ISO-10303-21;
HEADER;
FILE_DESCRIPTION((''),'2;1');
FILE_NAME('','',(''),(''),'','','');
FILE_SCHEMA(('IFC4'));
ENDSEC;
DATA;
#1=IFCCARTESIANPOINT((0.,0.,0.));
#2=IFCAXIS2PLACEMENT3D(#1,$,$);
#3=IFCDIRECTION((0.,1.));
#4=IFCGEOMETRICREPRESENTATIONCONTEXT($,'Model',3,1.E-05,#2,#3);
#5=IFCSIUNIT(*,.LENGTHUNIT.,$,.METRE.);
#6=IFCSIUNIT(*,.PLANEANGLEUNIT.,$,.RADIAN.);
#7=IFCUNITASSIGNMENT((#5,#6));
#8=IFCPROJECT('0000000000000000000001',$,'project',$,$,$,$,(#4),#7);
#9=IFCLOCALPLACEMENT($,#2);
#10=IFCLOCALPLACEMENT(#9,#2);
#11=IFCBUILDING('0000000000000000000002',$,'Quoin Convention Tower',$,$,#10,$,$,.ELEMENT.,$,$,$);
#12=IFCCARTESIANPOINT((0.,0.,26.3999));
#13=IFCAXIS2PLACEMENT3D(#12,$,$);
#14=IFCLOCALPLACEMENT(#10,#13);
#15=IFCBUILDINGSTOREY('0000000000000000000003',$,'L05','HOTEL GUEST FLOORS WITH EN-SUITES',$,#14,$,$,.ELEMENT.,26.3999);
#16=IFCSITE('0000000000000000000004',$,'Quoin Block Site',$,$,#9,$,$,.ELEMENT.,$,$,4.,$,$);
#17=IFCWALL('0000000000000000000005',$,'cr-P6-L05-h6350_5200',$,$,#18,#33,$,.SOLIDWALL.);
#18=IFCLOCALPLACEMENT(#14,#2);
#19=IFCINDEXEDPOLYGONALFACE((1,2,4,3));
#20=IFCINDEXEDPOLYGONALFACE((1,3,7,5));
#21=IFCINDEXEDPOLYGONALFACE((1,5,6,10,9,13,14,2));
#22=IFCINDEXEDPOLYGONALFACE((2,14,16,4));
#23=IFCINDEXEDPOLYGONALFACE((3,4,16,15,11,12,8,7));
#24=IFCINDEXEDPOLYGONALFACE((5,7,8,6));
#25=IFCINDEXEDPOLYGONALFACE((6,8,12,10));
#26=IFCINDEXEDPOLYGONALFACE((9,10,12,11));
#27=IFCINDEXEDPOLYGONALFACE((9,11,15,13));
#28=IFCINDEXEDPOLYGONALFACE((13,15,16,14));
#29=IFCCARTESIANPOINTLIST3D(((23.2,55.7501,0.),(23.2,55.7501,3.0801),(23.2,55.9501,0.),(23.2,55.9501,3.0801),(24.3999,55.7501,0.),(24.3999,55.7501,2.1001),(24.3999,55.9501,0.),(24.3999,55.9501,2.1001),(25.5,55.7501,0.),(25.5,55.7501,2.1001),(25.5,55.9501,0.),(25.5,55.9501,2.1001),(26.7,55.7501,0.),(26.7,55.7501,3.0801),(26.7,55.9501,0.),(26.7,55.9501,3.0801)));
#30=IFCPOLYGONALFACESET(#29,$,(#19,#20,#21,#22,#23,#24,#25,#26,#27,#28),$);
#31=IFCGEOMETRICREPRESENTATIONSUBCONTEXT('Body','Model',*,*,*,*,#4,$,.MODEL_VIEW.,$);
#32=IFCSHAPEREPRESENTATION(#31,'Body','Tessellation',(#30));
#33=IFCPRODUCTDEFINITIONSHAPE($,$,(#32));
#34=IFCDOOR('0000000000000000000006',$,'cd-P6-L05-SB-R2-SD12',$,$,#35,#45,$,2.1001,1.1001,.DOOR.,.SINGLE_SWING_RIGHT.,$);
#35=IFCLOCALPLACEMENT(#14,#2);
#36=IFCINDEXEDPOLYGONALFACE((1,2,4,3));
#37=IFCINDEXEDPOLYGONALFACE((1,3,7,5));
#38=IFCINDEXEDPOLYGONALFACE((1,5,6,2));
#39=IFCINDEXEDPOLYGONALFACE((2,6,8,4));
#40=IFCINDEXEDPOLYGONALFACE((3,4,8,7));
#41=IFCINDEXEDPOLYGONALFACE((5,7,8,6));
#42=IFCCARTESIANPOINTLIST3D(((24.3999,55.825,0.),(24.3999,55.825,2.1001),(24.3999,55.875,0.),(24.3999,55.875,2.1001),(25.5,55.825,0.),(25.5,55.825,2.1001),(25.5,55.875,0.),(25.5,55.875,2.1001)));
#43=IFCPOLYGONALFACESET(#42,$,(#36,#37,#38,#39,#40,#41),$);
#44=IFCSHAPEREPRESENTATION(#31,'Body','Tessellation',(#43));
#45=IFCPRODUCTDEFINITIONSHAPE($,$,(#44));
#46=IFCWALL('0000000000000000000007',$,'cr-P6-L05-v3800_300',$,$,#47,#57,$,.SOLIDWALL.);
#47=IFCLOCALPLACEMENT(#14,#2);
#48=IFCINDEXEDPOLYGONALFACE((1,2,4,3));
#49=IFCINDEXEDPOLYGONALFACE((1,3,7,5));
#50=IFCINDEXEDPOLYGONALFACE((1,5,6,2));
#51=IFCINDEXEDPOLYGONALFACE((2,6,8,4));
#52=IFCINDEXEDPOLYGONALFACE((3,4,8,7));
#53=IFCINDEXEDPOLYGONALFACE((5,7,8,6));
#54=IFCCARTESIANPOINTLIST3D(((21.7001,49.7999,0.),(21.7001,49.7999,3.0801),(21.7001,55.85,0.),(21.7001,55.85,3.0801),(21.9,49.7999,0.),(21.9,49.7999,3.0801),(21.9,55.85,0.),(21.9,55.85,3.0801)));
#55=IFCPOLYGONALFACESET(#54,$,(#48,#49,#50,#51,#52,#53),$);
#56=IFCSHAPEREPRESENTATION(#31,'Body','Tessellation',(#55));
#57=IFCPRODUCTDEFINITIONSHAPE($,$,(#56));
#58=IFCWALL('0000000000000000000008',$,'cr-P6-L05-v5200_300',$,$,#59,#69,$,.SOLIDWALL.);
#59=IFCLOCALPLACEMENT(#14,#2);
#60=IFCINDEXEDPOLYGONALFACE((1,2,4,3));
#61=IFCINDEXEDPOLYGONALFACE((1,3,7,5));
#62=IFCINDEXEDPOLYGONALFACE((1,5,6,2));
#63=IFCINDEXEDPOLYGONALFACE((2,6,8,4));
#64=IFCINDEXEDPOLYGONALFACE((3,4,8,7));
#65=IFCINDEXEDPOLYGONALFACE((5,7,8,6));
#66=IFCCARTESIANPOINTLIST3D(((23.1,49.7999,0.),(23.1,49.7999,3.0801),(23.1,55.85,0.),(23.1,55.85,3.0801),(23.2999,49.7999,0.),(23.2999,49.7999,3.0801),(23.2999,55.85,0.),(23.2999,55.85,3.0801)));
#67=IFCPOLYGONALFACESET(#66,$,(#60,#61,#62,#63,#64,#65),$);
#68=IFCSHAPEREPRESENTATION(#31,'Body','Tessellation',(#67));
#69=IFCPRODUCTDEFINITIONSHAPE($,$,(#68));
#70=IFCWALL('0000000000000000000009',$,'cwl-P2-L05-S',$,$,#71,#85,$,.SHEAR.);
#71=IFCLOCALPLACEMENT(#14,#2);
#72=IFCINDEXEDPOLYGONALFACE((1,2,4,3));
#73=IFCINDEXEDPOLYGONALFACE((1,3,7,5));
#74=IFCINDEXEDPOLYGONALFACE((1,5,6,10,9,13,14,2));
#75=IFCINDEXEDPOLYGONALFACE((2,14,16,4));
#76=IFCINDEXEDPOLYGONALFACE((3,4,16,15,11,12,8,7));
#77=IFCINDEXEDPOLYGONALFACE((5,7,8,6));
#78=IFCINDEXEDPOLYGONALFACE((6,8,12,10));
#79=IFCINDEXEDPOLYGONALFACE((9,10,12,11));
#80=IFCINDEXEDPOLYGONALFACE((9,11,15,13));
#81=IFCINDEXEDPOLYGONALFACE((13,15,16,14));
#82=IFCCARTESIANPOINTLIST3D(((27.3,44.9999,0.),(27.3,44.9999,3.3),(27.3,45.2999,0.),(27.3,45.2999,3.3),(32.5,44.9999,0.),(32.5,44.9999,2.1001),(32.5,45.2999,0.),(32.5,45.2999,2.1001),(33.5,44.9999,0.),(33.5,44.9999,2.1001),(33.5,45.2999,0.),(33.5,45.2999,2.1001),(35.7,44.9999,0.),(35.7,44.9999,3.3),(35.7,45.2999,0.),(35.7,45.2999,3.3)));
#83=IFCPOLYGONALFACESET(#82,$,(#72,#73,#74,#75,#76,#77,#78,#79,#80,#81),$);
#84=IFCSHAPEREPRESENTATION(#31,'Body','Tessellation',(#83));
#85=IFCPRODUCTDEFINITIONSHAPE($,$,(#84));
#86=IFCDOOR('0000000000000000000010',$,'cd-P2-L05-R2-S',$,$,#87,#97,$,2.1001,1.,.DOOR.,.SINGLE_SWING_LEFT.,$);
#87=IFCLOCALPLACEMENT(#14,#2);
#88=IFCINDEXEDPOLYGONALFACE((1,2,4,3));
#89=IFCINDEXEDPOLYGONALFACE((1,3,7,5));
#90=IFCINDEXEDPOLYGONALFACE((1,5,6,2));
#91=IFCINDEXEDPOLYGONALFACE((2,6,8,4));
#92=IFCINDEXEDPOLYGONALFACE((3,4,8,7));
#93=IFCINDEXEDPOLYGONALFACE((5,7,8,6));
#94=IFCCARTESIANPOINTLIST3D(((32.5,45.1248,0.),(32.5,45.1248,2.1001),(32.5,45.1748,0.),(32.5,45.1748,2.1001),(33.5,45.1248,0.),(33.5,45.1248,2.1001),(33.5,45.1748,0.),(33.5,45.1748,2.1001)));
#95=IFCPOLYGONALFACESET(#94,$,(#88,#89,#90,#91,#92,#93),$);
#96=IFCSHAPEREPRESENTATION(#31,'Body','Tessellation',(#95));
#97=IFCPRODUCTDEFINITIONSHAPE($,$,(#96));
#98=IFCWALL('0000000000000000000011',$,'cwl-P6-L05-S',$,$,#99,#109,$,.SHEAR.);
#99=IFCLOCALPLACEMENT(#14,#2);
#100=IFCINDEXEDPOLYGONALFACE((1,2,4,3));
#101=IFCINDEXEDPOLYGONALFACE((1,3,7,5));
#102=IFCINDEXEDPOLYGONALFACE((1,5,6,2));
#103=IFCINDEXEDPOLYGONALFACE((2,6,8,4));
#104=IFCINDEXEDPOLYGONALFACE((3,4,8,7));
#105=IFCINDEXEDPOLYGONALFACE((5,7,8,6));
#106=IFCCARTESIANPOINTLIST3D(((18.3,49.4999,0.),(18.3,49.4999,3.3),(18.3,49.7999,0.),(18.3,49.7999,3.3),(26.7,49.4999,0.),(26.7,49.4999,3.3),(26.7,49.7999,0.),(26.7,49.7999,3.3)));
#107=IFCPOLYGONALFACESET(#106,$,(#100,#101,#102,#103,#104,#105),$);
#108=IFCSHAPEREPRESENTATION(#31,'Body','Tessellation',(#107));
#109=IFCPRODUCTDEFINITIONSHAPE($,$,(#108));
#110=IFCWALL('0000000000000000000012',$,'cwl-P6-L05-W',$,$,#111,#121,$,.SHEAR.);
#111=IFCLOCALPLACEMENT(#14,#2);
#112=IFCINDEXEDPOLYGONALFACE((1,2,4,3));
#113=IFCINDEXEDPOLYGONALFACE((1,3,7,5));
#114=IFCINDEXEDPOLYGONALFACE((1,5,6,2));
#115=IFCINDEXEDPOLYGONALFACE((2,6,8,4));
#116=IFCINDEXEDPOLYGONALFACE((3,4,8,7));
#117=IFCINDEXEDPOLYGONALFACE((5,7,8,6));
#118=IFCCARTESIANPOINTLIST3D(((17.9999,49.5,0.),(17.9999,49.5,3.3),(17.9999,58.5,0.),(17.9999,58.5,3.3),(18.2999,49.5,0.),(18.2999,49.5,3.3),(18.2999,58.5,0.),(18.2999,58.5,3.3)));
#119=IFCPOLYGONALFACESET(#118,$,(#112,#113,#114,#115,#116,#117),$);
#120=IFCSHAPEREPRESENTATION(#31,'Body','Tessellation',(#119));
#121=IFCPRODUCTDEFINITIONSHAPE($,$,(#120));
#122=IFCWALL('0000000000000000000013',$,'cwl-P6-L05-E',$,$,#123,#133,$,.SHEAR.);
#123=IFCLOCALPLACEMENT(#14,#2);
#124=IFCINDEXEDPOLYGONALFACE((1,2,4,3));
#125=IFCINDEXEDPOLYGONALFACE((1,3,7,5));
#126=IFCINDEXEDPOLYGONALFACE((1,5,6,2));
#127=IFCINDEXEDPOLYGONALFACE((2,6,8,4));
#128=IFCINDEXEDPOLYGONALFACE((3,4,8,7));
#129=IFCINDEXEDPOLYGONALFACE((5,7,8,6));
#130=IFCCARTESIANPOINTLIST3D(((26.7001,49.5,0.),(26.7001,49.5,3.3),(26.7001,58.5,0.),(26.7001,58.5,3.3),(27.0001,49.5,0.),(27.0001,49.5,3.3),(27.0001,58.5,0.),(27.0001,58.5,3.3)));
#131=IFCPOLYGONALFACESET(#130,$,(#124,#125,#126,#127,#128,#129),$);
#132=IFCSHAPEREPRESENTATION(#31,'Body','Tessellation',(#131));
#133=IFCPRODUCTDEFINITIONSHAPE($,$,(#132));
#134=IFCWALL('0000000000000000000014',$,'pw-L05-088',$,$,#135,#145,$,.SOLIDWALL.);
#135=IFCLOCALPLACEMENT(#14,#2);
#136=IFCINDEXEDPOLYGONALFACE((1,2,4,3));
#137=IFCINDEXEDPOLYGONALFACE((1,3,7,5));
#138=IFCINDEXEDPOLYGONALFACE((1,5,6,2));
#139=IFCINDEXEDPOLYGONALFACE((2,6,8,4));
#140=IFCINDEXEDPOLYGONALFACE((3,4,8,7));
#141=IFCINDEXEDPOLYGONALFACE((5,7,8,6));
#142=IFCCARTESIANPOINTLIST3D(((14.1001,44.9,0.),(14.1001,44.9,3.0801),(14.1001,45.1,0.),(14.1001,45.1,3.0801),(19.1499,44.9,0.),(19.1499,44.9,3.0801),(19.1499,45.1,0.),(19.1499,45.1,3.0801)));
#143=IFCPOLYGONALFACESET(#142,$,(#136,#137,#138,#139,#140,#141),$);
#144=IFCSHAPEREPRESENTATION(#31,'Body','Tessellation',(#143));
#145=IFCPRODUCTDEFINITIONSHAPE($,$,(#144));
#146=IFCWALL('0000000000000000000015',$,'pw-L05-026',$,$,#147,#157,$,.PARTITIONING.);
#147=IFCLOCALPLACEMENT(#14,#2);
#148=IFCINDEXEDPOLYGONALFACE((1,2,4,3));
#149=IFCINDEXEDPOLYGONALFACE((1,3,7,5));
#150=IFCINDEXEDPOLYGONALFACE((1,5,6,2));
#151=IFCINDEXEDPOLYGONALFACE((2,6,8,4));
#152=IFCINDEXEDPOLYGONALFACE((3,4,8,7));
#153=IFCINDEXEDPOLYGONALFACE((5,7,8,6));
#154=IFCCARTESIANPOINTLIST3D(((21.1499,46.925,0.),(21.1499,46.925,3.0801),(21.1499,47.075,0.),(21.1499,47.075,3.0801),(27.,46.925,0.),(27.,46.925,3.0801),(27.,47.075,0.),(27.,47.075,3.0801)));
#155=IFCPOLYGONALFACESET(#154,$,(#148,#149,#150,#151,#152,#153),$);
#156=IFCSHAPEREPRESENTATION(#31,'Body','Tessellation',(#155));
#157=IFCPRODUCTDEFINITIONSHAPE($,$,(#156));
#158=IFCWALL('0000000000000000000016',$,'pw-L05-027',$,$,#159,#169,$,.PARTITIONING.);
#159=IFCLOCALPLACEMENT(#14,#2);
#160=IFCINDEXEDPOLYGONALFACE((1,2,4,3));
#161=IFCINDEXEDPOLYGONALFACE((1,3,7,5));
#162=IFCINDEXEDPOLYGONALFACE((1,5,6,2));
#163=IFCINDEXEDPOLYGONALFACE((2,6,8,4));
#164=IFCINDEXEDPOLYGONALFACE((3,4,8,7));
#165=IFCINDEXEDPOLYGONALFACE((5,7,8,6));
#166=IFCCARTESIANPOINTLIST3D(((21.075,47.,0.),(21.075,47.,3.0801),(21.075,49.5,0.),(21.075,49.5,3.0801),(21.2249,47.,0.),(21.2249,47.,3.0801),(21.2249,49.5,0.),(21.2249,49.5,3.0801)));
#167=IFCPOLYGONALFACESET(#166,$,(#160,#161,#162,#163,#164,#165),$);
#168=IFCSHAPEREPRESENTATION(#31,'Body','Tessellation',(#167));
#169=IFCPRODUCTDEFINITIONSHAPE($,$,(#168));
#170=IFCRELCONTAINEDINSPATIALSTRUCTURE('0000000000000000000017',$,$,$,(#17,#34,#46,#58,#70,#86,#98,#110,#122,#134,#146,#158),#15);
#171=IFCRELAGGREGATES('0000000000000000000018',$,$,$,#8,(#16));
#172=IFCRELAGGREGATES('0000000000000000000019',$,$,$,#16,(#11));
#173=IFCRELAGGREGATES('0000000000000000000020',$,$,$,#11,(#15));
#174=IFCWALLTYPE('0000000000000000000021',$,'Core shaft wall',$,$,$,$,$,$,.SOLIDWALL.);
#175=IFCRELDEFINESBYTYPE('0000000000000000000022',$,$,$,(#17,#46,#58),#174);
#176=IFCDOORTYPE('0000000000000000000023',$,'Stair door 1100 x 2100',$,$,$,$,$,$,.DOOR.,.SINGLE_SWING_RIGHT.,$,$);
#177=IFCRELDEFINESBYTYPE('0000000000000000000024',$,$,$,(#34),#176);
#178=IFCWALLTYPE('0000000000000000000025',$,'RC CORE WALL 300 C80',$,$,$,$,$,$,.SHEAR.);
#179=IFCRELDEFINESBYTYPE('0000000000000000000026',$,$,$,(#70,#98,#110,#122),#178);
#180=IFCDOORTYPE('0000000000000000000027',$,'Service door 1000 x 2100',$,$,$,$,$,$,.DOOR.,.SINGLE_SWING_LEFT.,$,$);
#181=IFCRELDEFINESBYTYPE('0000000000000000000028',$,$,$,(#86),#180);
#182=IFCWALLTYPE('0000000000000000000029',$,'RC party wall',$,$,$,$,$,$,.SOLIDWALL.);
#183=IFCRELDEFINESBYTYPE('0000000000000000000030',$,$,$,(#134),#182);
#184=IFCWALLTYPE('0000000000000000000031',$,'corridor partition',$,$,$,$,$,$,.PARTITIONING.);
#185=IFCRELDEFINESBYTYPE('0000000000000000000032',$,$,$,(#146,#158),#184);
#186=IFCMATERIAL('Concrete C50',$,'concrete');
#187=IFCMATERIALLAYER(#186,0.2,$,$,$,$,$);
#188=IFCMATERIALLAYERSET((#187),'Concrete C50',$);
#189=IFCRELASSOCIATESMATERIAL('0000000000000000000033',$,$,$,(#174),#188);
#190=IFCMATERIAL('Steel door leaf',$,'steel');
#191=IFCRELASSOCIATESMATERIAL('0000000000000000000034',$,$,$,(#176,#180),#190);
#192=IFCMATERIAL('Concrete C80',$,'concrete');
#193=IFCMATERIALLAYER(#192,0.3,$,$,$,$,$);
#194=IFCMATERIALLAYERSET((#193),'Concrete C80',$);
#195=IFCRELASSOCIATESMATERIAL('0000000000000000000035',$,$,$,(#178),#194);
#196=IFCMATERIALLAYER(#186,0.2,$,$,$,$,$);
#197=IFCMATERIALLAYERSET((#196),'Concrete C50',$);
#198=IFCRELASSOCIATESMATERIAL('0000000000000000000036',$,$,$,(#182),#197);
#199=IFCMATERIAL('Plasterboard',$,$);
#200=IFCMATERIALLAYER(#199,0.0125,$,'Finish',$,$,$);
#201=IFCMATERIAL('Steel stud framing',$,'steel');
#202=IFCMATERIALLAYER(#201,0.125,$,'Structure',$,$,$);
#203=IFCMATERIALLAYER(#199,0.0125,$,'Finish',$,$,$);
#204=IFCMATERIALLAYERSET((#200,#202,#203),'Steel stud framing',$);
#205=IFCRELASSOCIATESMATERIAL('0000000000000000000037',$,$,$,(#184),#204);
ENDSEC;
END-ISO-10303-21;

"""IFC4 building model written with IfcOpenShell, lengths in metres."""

from ifc_helpers import new_model, si_unit, direction, frame, frame_2d, origin, place, context, subcontext, project, spatial, rectangle, extrude, material, layer, layer_set, type_object, element, fill, save


model = new_model("IFC4")

# Units and contexts
model_context = context("Model", 3, precision=1e-05, world=origin(), true_north=direction((0.0, 1.0)))
body_context = subcontext(model_context, "Body", "Model", "MODEL_VIEW")
ifc_project = project(units=[si_unit("LENGTHUNIT", "METRE"), si_unit("PLANEANGLEUNIT", "RADIAN")], contexts=[model_context])

# Site, building, storey
site_placement = place(None, origin())
site = spatial("IfcSite", under=ifc_project, at=site_placement, Name="Quoin Block Site", CompositionType="ELEMENT", RefElevation=4.0)
building_placement = place(site_placement, origin())
building = spatial("IfcBuilding", under=site, at=building_placement, Name="Quoin Convention Tower", CompositionType="ELEMENT")
storey_placement = place(building_placement, frame((0.0, 0.0, 26.3999)))
storey = spatial("IfcBuildingStorey", under=building, at=storey_placement, Name="L05", Description="HOTEL GUEST FLOORS WITH EN-SUITES", CompositionType="ELEMENT", Elevation=26.3999)

# Shared definitions
ifc_material_1 = material(Name="Concrete C80", Category="concrete")

# Shared definitions
ifc_material_2 = material(Name="Concrete C50", Category="concrete")
ifc_layer_1 = layer(ifc_material_2, 0.2)
ifc_layer_set_1 = layer_set([ifc_layer_1], Name="Concrete C50")
wall_type_1 = type_object("IfcWallType", Name="Core shaft wall", PredefinedType="SOLIDWALL", material=ifc_layer_set_1)

# Wall, opening, door
ifc_material_3 = material(Name="Steel door leaf", Category="steel")
door_type_1 = type_object("IfcDoorType", Name="Stair door 1100 x 2100", OperationType="SINGLE_SWING_RIGHT", PredefinedType="DOOR", material=ifc_material_3)
wall_1_placement = place(storey_placement, frame((23.2, 55.8501, 0.0), z_axis=(0.0, 0.0, 1.0), x_axis=(1.0, 0.0, 0.0)))
wall_1 = element("IfcWall", 1, at=wall_1_placement, inside=storey, type_object=wall_type_1, Name="cr-P6-L05-h6350_5200", PredefinedType="SOLIDWALL", context=body_context, shape_type="SweptSolid", body=[
    extrude(rectangle(XDim=3.5, YDim=0.2, at=frame_2d((1.75, 0.0))), origin(), (0.0, 0.0, 1.0), 3.0801),
])
opening_1_placement = place(wall_1_placement, frame((1.2, 0.0, 0.0)))
opening_1 = element("IfcOpeningElement", 2, at=opening_1_placement, cuts=wall_1, PredefinedType="OPENING", context=body_context, shape_type="SweptSolid", body=[
    extrude(rectangle(XDim=1.1001, YDim=2.1001, at=frame_2d((0.55, 1.05))), frame((0.0, 0.1099, 0.0), z_axis=(0.0, -1.0, 0.0), x_axis=(1.0, 0.0, 0.0)), (0.0, 0.0, 1.0), 0.22),
])
door_1_placement = place(opening_1_placement, origin())
door_1 = element("IfcDoor", 3, at=door_1_placement, inside=storey, type_object=door_type_1, Name="cd-P6-L05-SB-R2-SD12", OperationType="SINGLE_SWING_RIGHT", OverallHeight=2.1001, OverallWidth=1.1001, PredefinedType="DOOR", context=body_context, shape_type="SweptSolid", body=[
    extrude(rectangle(XDim=1.1001, YDim=2.1001, at=frame_2d((0.55, 1.05))), frame((0.0, 0.0249, 0.0), z_axis=(0.0, -1.0, 0.0), x_axis=(1.0, 0.0, 0.0)), (0.0, 0.0, 1.0), 0.05),
])
fill(opening_1, door_1)

# Walls
for number, where, z_axis, x_axis, name in (
    (4, (21.8, 49.8, 0.0), (0.0, 0.0, 1.0), (0.0, 1.0, 0.0), "cr-P6-L05-v3800_300"),
    (5, (23.2, 49.8, 0.0), (0.0, 0.0, 1.0), (0.0, 1.0, 0.0), "cr-P6-L05-v5200_300"),
):
    element("IfcWall", number, at=place(storey_placement, frame(where, z_axis=z_axis, x_axis=x_axis)), inside=storey, type_object=wall_type_1, Name=name, PredefinedType="SOLIDWALL", context=body_context, shape_type="SweptSolid", body=[
        extrude(rectangle(XDim=6.05, YDim=0.2, at=frame_2d((3.0249, 0.0))), origin(), (0.0, 0.0, 1.0), 3.0801),
    ])

# Wall, opening, door
ifc_layer_2 = layer(ifc_material_1, 0.3)
ifc_layer_set_2 = layer_set([ifc_layer_2], Name="Concrete C80")
wall_type_2 = type_object("IfcWallType", Name="RC CORE WALL 300 C80", PredefinedType="SHEAR", material=ifc_layer_set_2)
wall_2_placement = place(storey_placement, frame((27.3, 45.1499, 0.0), z_axis=(0.0, 0.0, 1.0), x_axis=(1.0, 0.0, 0.0)))
wall_2 = element("IfcWall", 6, at=wall_2_placement, inside=storey, type_object=wall_type_2, Name="cwl-P2-L05-S", PredefinedType="SHEAR", context=body_context, shape_type="SweptSolid", body=[
    extrude(rectangle(XDim=8.3999, YDim=0.3, at=frame_2d((4.2, 0.0))), origin(), (0.0, 0.0, 1.0), 3.3),
])
opening_2_placement = place(wall_2_placement, frame((5.2, 0.0, 0.0)))
opening_2 = element("IfcOpeningElement", 7, at=opening_2_placement, cuts=wall_2, PredefinedType="OPENING", context=body_context, shape_type="SweptSolid", body=[
    extrude(rectangle(XDim=1.0, YDim=2.1001, at=frame_2d((0.5, 1.05))), frame((0.0, 0.1599, 0.0), z_axis=(0.0, -1.0, 0.0), x_axis=(1.0, 0.0, 0.0)), (0.0, 0.0, 1.0), 0.3201),
])
door_type_2 = type_object("IfcDoorType", Name="Service door 1000 x 2100", OperationType="SINGLE_SWING_LEFT", PredefinedType="DOOR", material=ifc_material_3)
door_2_placement = place(opening_2_placement, origin())
door_2 = element("IfcDoor", 8, at=door_2_placement, inside=storey, type_object=door_type_2, Name="cd-P2-L05-R2-S", OperationType="SINGLE_SWING_LEFT", OverallHeight=2.1001, OverallWidth=1.0, PredefinedType="DOOR", context=body_context, shape_type="SweptSolid", body=[
    extrude(rectangle(XDim=1.0, YDim=2.1001, at=frame_2d((0.5, 1.05))), frame((0.0, 0.0249, 0.0), z_axis=(0.0, -1.0, 0.0), x_axis=(1.0, 0.0, 0.0)), (0.0, 0.0, 1.0), 0.05),
])
fill(opening_2, door_2)

# Walls
wall_3_placement = place(storey_placement, frame((18.3, 49.6499, 0.0), z_axis=(0.0, 0.0, 1.0), x_axis=(1.0, 0.0, 0.0)))
element("IfcWall", 9, at=wall_3_placement, inside=storey, type_object=wall_type_2, Name="cwl-P6-L05-S", PredefinedType="SHEAR", context=body_context, shape_type="SweptSolid", body=[
    extrude(rectangle(XDim=8.3999, YDim=0.3, at=frame_2d((4.2, 0.0))), origin(), (0.0, 0.0, 1.0), 3.3),
])
for number, where, z_axis, x_axis, name in (
    (10, (18.1499, 49.5, 0.0), (0.0, 0.0, 1.0), (0.0, 1.0, 0.0), "cwl-P6-L05-W"),
    (11, (26.8501, 49.5, 0.0), (0.0, 0.0, 1.0), (0.0, 1.0, 0.0), "cwl-P6-L05-E"),
):
    element("IfcWall", number, at=place(storey_placement, frame(where, z_axis=z_axis, x_axis=x_axis)), inside=storey, type_object=wall_type_2, Name=name, PredefinedType="SHEAR", context=body_context, shape_type="SweptSolid", body=[
        extrude(rectangle(XDim=9.0, YDim=0.3, at=frame_2d((4.5, 0.0))), origin(), (0.0, 0.0, 1.0), 3.3),
    ])
ifc_layer_3 = layer(ifc_material_2, 0.2)
ifc_layer_set_3 = layer_set([ifc_layer_3], Name="Concrete C50")
wall_type_3 = type_object("IfcWallType", Name="RC party wall", PredefinedType="SOLIDWALL", material=ifc_layer_set_3)
wall_4_placement = place(storey_placement, frame((14.1001, 45.0, 0.0), z_axis=(0.0, 0.0, 1.0), x_axis=(1.0, 0.0, 0.0)))
element("IfcWall", 12, at=wall_4_placement, inside=storey, type_object=wall_type_3, Name="pw-L05-088", PredefinedType="SOLIDWALL", context=body_context, shape_type="SweptSolid", body=[
    extrude(rectangle(XDim=5.0498, YDim=0.2, at=frame_2d((2.5249, 0.0))), origin(), (0.0, 0.0, 1.0), 3.0801),
])
ifc_material_4 = material(Name="Plasterboard")
ifc_layer_4 = layer(ifc_material_4, 0.0125, Name="Finish")
ifc_material_5 = material(Name="Steel stud framing", Category="steel")
ifc_layer_5 = layer(ifc_material_5, 0.125, Name="Structure")
ifc_layer_6 = layer(ifc_material_4, 0.0125, Name="Finish")
ifc_layer_set_4 = layer_set([ifc_layer_4, ifc_layer_5, ifc_layer_6], Name="Steel stud framing")
wall_type_4 = type_object("IfcWallType", Name="corridor partition", PredefinedType="PARTITIONING", material=ifc_layer_set_4)
wall_5_placement = place(storey_placement, frame((21.1499, 47.0, 0.0), z_axis=(0.0, 0.0, 1.0), x_axis=(1.0, 0.0, 0.0)))
element("IfcWall", 13, at=wall_5_placement, inside=storey, type_object=wall_type_4, Name="pw-L05-026", PredefinedType="PARTITIONING", context=body_context, shape_type="SweptSolid", body=[
    extrude(rectangle(XDim=5.8501, YDim=0.1499, at=frame_2d((2.925, 0.0))), origin(), (0.0, 0.0, 1.0), 3.0801),
])
wall_6_placement = place(storey_placement, frame((21.1499, 47.0, 0.0), z_axis=(0.0, 0.0, 1.0), x_axis=(0.0, 1.0, 0.0)))
element("IfcWall", 14, at=wall_6_placement, inside=storey, type_object=wall_type_4, Name="pw-L05-027", PredefinedType="PARTITIONING", context=body_context, shape_type="SweptSolid", body=[
    extrude(rectangle(XDim=2.5, YDim=0.1499, at=frame_2d((1.25, 0.0))), origin(), (0.0, 0.0, 1.0), 3.0801),
])

save(model, "model.ifc")
